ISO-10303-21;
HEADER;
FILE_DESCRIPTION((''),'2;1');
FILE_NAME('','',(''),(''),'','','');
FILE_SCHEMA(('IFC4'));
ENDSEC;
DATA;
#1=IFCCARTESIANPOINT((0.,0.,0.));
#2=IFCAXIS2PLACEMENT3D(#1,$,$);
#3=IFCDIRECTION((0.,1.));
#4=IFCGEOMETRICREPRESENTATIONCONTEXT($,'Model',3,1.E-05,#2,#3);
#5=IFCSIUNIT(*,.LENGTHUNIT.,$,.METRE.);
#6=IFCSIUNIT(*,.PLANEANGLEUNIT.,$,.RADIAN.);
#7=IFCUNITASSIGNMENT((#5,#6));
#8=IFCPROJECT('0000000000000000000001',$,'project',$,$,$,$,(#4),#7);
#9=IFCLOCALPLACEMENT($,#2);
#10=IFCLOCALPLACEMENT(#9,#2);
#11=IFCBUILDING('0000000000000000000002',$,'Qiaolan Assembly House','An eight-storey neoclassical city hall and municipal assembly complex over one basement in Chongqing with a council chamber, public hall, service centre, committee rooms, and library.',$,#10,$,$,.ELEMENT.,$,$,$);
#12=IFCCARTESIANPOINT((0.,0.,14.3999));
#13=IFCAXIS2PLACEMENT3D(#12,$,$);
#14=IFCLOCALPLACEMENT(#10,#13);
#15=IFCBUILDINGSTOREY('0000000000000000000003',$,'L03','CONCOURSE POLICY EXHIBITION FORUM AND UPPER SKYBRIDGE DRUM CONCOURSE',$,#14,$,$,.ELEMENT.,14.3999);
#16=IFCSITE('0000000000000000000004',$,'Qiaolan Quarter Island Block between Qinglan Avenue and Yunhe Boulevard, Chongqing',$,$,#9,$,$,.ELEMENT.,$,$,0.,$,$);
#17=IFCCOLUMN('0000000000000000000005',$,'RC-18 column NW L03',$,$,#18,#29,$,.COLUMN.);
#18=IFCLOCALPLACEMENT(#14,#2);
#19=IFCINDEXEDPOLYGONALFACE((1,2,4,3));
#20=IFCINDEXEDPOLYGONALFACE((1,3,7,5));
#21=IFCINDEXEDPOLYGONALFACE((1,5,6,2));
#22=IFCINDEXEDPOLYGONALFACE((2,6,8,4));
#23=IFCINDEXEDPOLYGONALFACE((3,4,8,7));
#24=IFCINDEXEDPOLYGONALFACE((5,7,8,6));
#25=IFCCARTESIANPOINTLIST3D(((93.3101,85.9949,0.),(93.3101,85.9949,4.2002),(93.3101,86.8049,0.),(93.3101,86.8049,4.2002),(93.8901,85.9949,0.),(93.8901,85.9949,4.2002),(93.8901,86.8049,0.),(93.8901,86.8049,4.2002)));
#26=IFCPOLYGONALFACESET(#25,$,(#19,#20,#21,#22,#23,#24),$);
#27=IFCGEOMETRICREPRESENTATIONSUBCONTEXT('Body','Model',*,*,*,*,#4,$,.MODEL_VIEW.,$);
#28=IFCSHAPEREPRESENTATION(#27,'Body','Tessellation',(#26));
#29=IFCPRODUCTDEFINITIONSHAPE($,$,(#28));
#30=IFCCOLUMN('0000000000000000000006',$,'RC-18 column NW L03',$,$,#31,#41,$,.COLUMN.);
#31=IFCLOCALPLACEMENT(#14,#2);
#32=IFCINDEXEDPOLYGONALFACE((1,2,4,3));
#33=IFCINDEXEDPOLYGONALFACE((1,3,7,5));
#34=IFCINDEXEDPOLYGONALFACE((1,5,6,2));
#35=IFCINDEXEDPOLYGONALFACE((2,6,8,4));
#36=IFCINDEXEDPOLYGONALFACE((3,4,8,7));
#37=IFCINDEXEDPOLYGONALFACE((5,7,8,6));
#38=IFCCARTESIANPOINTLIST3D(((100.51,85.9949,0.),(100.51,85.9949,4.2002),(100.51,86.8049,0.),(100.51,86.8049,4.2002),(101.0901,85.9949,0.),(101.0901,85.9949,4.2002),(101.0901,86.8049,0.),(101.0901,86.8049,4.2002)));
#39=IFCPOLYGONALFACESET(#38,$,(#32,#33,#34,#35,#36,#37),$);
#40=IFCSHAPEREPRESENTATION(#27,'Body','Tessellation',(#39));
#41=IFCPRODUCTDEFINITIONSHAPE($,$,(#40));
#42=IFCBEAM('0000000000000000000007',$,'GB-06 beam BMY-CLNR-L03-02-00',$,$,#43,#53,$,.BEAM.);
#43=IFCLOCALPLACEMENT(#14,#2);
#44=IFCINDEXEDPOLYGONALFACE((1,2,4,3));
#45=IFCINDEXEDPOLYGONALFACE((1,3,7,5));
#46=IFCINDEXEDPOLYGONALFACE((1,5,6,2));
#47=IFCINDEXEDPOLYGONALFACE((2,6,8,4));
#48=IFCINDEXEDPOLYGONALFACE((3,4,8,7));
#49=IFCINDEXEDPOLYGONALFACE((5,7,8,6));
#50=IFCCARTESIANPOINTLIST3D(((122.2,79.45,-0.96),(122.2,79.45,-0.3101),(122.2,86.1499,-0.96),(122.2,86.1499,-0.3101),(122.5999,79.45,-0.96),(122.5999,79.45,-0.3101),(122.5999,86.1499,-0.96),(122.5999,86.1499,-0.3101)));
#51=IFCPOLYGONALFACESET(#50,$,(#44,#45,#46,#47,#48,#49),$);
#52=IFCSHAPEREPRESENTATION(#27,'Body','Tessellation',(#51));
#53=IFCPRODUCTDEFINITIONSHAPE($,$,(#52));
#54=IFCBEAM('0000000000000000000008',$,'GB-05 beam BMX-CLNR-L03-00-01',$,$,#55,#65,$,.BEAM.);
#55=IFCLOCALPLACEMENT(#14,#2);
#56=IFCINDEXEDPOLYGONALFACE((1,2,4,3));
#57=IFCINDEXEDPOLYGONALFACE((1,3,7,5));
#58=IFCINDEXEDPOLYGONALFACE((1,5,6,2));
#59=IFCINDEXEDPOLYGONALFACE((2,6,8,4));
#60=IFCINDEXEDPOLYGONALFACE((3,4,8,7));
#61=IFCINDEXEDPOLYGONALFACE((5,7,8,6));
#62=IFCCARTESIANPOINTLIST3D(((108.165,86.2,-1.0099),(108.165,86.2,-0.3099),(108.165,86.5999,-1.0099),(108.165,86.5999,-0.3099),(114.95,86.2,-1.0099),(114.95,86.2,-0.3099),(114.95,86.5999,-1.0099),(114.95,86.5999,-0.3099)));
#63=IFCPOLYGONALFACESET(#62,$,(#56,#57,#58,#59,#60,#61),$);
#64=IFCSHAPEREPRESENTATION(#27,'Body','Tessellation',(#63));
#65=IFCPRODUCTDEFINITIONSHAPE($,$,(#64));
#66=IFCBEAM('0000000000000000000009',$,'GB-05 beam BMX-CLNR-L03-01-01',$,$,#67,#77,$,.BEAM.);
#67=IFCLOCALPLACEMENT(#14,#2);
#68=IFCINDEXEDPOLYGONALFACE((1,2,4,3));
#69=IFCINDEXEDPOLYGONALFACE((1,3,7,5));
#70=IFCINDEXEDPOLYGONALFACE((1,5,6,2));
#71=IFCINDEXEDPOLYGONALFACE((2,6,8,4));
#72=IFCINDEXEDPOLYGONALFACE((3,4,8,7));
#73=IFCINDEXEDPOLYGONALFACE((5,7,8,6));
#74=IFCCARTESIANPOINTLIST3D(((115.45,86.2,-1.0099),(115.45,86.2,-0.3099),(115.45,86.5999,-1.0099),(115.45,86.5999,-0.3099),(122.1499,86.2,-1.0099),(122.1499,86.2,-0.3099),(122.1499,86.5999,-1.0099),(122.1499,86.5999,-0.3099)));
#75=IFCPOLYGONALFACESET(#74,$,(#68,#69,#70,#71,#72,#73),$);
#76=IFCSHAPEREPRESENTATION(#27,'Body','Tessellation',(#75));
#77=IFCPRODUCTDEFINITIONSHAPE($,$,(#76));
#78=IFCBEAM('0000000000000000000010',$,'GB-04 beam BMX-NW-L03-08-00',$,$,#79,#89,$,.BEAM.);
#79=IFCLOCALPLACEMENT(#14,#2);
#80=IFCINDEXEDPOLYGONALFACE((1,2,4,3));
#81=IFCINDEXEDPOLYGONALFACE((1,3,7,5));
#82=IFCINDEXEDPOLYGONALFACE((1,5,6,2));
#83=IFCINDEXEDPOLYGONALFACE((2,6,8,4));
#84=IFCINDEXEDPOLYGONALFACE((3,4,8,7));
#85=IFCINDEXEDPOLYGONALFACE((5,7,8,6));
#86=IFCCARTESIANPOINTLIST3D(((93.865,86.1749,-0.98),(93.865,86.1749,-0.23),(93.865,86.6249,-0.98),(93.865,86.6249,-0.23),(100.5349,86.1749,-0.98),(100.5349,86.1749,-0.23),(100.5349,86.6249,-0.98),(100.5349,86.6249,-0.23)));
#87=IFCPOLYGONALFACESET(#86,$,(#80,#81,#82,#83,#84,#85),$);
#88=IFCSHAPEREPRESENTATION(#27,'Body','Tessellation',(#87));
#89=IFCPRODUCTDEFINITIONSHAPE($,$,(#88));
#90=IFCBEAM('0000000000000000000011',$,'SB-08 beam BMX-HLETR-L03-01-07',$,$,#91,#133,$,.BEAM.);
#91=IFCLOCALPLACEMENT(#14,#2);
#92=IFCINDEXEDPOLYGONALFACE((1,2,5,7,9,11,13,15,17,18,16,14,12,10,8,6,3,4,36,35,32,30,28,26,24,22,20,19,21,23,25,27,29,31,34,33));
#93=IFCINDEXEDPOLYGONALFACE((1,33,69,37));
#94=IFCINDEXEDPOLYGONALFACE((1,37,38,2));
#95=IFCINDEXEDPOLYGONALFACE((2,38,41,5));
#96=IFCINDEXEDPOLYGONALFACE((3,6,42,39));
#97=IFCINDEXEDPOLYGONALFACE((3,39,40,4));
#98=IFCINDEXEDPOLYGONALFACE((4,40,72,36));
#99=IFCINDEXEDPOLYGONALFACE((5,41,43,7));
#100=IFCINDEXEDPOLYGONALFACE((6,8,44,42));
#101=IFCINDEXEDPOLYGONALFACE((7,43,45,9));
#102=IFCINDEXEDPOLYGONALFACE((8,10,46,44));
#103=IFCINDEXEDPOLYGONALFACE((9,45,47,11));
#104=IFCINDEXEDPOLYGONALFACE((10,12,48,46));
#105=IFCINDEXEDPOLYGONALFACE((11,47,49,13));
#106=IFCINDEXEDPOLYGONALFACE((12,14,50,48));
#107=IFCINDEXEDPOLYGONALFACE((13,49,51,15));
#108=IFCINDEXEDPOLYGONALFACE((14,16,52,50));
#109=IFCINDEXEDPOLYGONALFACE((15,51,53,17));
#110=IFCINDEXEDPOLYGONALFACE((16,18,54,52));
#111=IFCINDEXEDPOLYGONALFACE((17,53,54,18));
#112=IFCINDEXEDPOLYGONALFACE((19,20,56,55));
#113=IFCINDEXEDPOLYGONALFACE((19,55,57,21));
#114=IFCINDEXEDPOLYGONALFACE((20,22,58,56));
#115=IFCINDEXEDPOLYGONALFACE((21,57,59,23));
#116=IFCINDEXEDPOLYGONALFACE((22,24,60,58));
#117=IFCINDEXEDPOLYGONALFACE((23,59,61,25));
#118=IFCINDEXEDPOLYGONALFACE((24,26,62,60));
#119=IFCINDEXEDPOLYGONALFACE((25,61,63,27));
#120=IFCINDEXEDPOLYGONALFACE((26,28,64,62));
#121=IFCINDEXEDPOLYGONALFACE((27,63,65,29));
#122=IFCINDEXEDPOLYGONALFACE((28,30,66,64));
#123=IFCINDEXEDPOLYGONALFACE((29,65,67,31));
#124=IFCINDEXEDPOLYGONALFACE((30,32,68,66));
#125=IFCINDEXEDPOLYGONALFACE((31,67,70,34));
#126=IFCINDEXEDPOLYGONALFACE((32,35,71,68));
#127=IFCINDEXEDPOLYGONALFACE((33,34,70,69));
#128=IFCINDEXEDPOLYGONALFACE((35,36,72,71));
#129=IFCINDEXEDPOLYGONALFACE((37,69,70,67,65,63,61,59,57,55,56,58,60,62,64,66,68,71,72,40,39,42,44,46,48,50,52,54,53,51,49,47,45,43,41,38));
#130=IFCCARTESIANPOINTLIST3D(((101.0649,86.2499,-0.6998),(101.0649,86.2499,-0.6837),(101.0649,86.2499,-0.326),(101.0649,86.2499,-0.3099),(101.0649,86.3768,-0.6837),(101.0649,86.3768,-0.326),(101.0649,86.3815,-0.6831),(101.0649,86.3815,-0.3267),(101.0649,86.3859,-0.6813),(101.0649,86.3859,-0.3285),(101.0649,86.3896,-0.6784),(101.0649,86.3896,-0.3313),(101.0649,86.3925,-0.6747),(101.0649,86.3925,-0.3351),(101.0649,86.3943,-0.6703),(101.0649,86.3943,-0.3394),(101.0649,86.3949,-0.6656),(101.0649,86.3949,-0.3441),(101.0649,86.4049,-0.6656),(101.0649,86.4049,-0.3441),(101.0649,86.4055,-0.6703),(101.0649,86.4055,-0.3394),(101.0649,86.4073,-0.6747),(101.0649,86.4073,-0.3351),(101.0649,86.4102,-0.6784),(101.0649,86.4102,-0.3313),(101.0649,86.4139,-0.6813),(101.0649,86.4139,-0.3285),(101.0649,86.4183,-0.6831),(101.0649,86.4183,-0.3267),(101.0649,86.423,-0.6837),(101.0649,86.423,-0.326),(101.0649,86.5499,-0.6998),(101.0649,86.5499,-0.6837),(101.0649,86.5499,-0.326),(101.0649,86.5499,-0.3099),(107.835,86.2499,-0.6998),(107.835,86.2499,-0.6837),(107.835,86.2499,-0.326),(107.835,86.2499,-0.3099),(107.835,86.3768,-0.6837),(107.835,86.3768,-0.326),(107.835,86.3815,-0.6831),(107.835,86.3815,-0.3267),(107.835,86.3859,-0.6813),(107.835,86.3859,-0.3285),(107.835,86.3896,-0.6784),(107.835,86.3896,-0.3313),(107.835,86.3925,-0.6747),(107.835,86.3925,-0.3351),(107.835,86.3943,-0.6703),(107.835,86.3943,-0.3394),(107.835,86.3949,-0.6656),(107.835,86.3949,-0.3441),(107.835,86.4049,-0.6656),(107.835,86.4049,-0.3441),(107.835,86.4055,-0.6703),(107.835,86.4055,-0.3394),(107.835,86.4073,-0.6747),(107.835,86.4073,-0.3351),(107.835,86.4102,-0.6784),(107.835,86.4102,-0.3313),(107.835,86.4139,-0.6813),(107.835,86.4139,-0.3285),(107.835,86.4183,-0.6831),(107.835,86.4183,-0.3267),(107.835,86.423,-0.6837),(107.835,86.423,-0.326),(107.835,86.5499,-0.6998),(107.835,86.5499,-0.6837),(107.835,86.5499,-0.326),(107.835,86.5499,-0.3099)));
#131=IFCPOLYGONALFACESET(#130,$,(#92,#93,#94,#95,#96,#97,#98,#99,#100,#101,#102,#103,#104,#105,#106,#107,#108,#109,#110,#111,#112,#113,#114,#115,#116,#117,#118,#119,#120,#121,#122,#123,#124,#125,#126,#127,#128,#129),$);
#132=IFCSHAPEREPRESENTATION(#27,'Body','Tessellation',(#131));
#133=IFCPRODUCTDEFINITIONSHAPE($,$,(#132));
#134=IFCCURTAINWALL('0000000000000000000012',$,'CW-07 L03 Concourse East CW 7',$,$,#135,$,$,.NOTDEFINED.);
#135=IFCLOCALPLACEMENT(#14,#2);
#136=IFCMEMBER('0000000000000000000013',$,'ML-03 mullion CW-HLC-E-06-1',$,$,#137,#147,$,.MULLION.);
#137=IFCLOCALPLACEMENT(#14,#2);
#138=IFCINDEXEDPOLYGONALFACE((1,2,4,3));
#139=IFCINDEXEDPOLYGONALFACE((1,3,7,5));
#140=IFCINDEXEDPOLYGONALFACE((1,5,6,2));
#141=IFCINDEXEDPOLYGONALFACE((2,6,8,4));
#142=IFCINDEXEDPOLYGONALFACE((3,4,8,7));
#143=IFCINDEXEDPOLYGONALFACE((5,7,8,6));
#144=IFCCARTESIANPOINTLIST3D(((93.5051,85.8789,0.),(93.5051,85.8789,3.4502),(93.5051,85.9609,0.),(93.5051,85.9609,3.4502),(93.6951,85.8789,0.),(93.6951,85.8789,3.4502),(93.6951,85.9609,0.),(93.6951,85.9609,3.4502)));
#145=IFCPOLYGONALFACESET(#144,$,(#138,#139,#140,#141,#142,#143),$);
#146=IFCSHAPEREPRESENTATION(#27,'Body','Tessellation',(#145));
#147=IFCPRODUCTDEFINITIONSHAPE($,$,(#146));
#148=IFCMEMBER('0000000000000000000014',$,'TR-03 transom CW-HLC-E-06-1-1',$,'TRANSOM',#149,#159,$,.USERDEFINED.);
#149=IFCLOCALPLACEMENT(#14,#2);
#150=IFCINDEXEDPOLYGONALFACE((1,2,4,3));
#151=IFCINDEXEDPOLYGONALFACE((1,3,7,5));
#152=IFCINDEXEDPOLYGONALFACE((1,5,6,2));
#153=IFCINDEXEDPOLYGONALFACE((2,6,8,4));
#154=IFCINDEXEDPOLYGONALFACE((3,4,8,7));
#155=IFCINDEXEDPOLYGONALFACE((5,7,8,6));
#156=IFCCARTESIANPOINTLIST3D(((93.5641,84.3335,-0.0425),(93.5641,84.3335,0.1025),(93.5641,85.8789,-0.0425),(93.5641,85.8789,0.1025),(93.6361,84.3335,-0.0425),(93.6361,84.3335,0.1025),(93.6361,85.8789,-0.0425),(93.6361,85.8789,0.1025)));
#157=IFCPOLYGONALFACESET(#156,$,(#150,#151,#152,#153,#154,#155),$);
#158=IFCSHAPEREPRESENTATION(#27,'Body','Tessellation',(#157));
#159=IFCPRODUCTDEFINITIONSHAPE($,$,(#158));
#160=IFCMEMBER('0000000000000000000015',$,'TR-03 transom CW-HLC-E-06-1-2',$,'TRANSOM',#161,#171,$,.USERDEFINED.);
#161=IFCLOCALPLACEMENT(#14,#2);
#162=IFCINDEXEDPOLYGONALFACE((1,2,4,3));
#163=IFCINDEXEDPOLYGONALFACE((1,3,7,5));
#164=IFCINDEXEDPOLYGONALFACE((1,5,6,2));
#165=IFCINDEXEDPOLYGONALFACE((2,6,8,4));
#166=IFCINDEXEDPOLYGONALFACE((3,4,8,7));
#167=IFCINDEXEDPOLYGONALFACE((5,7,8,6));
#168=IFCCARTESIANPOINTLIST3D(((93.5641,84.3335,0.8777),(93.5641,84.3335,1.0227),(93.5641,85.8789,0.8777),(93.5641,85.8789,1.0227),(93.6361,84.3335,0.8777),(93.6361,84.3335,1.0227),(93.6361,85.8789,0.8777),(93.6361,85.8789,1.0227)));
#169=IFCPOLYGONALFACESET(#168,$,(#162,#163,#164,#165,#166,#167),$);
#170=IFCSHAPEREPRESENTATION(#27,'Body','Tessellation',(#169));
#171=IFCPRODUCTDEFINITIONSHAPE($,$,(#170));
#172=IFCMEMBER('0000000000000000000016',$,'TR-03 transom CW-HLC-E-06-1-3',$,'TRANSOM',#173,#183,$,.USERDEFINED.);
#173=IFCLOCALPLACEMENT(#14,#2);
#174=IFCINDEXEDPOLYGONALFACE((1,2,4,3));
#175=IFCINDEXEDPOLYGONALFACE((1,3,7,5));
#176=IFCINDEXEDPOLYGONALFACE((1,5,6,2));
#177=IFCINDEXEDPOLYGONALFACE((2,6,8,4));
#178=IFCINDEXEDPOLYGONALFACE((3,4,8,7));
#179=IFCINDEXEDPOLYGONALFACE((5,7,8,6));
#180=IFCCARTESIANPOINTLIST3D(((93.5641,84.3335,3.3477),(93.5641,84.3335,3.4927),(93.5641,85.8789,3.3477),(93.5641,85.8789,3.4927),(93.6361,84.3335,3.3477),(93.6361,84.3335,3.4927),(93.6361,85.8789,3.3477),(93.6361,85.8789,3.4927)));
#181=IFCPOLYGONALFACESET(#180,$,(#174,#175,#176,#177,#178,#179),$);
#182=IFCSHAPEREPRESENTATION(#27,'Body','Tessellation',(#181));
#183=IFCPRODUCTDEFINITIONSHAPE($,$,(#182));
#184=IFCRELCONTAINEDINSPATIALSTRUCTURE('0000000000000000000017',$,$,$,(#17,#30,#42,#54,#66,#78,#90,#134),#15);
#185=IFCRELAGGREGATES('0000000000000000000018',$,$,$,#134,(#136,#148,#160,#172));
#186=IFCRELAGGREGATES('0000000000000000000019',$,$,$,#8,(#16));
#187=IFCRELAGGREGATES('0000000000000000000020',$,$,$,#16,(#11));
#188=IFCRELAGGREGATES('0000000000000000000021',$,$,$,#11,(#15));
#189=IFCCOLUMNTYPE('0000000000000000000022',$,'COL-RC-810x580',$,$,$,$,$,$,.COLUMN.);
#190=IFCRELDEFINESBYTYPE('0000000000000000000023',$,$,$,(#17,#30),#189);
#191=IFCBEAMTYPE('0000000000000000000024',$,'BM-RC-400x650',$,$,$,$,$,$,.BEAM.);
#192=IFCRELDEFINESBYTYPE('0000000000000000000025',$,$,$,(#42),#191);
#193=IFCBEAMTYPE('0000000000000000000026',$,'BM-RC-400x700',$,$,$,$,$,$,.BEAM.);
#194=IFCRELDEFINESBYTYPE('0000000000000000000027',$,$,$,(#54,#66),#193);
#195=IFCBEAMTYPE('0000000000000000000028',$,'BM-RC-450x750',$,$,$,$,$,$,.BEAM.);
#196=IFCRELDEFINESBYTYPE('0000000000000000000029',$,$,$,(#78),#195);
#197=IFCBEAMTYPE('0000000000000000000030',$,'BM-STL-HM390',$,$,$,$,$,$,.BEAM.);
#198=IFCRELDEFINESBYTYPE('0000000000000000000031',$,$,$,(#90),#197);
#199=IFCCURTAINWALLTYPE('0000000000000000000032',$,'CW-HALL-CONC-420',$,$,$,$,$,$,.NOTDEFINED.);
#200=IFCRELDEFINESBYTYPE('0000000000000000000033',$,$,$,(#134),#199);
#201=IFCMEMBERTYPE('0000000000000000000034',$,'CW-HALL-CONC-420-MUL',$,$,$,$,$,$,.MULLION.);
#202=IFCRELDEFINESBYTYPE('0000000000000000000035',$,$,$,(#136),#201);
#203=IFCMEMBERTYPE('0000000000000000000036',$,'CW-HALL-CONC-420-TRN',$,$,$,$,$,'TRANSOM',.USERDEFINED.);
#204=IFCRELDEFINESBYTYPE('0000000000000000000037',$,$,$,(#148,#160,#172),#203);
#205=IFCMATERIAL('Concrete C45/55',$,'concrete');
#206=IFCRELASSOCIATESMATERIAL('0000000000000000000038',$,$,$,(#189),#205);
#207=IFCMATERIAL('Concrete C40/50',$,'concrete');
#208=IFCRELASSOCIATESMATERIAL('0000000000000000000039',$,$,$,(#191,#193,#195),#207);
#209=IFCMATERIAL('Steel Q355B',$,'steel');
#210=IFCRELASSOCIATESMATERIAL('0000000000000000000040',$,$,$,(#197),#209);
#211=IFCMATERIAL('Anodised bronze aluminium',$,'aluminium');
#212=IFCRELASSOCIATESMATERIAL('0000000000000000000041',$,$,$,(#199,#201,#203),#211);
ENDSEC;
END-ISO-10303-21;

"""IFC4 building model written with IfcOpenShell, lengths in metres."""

from ifc_helpers import new_model, si_unit, direction, frame, origin, origin_2d, place, context, subcontext, project, spatial, rectangle, i_section, extrude, material, material_profile, profile_set, type_object, element, aggregate, save


model = new_model("IFC4")

# Units and contexts
model_context = context("Model", 3, precision=1e-05, world=origin(), true_north=direction((0.0, 1.0)))
body_context = subcontext(model_context, "Body", "Model", "MODEL_VIEW")
ifc_project = project(units=[si_unit("LENGTHUNIT", "METRE"), si_unit("PLANEANGLEUNIT", "RADIAN")], contexts=[model_context])

# Site, building, storey
site_placement = place(None, origin())
site = spatial("IfcSite", under=ifc_project, at=site_placement, Name="Qiaolan Quarter Island Block between Qinglan Avenue and Yunhe Boulevard, Chongqing", CompositionType="ELEMENT", RefElevation=0.0)
building_placement = place(site_placement, origin())
building = spatial("IfcBuilding", under=site, at=building_placement, Name="Qiaolan Assembly House", Description="An eight-storey neoclassical city hall and municipal assembly complex over one basement in Chongqing with a council chamber, public hall, service centre, committee rooms, and library.", CompositionType="ELEMENT")
storey_placement = place(building_placement, frame((0.0, 0.0, 14.3999)))
storey = spatial("IfcBuildingStorey", under=building, at=storey_placement, Name="L03", Description="CONCOURSE POLICY EXHIBITION FORUM AND UPPER SKYBRIDGE DRUM CONCOURSE", CompositionType="ELEMENT", Elevation=14.3999)

# Columns
ifc_material_1 = material(Name="Concrete C45/55", Category="concrete")
ifc_material_profile_1 = material_profile(ifc_material_1, rectangle(XDim=0.5801, YDim=0.8101, at=origin_2d()), Name="RC 810x580")
ifc_profile_set_1 = profile_set([ifc_material_profile_1], Name="Concrete C45/55")
column_type = type_object("IfcColumnType", Name="COL-RC-810x580", PredefinedType="COLUMN", material=ifc_profile_set_1)
for number, where, z_axis, x_axis, name in (
    (1, (93.6001, 86.3999, 0.0), (0.0, 0.0, 1.0), (1.0, 0.0, 0.0), "RC-18 column NW L03"),
    (2, (100.8, 86.3999, 0.0), (0.0, 0.0, 1.0), (1.0, 0.0, 0.0), "RC-18 column NW L03"),
):
    element("IfcColumn", number, at=place(storey_placement, frame(where, z_axis=z_axis, x_axis=x_axis)), inside=storey, type_object=column_type, Name=name, PredefinedType="COLUMN", context=body_context, shape_type="SweptSolid", body=[
        extrude(rectangle(XDim=0.5801, YDim=0.8101, at=origin_2d()), origin(), (0.0, 0.0, 1.0), 4.2002),
    ])

# Beams
ifc_material_2 = material(Name="Concrete C40/50", Category="concrete")
ifc_material_profile_2 = material_profile(ifc_material_2, rectangle(XDim=0.3999, YDim=0.6499, at=origin_2d()), Name="RCB 400x650")
ifc_profile_set_2 = profile_set([ifc_material_profile_2], Name="Concrete C40/50")
beam_type_1 = type_object("IfcBeamType", Name="BM-RC-400x650", PredefinedType="BEAM", material=ifc_profile_set_2)
beam_1_placement = place(storey_placement, frame((122.3999, 79.45, -0.635), z_axis=(0.0, 1.0, 0.0), x_axis=(-1.0, 0.0, 0.0)))
element("IfcBeam", 3, at=beam_1_placement, inside=storey, type_object=beam_type_1, Name="GB-06 beam BMY-CLNR-L03-02-00", PredefinedType="BEAM", context=body_context, shape_type="SweptSolid", body=[
    extrude(rectangle(XDim=0.3999, YDim=0.6499, at=origin_2d()), origin(), (0.0, 0.0, 1.0), 6.7),
])
ifc_material_profile_3 = material_profile(ifc_material_2, rectangle(XDim=0.3999, YDim=0.7, at=origin_2d()), Name="RCB 400x700")
ifc_profile_set_3 = profile_set([ifc_material_profile_3], Name="Concrete C40/50")
beam_type_2 = type_object("IfcBeamType", Name="BM-RC-400x700", PredefinedType="BEAM", material=ifc_profile_set_3)
beam_2_placement = place(storey_placement, frame((108.165, 86.3999, -0.6599), z_axis=(1.0, 0.0, 0.0), x_axis=(0.0, 1.0, 0.0)))
element("IfcBeam", 4, at=beam_2_placement, inside=storey, type_object=beam_type_2, Name="GB-05 beam BMX-CLNR-L03-00-01", PredefinedType="BEAM", context=body_context, shape_type="SweptSolid", body=[
    extrude(rectangle(XDim=0.3999, YDim=0.7, at=origin_2d()), origin(), (0.0, 0.0, 1.0), 6.7849),
])
beam_3_placement = place(storey_placement, frame((115.45, 86.3999, -0.6599), z_axis=(1.0, 0.0, 0.0), x_axis=(0.0, 1.0, 0.0)))
element("IfcBeam", 5, at=beam_3_placement, inside=storey, type_object=beam_type_2, Name="GB-05 beam BMX-CLNR-L03-01-01", PredefinedType="BEAM", context=body_context, shape_type="SweptSolid", body=[
    extrude(rectangle(XDim=0.3999, YDim=0.7, at=origin_2d()), origin(), (0.0, 0.0, 1.0), 6.7),
])
ifc_material_profile_4 = material_profile(ifc_material_2, rectangle(XDim=0.45, YDim=0.75, at=origin_2d()), Name="RCB 450x750")
ifc_profile_set_4 = profile_set([ifc_material_profile_4], Name="Concrete C40/50")
beam_type_3 = type_object("IfcBeamType", Name="BM-RC-450x750", PredefinedType="BEAM", material=ifc_profile_set_4)
beam_4_placement = place(storey_placement, frame((93.865, 86.3999, -0.605), z_axis=(1.0, 0.0, 0.0), x_axis=(0.0, 1.0, 0.0)))
element("IfcBeam", 6, at=beam_4_placement, inside=storey, type_object=beam_type_3, Name="GB-04 beam BMX-NW-L03-08-00", PredefinedType="BEAM", context=body_context, shape_type="SweptSolid", body=[
    extrude(rectangle(XDim=0.45, YDim=0.75, at=origin_2d()), origin(), (0.0, 0.0, 1.0), 6.6699),
])
ifc_material_3 = material(Name="Steel Q355B", Category="steel")
ifc_material_profile_5 = material_profile(ifc_material_3, i_section(OverallWidth=0.3, OverallDepth=0.3899, WebThickness=0.01, FlangeThickness=0.0161, FilletRadius=0.0181, at=origin_2d()), Name="HM 390x300x10x16")
ifc_profile_set_5 = profile_set([ifc_material_profile_5], Name="Steel Q355B")
beam_type_4 = type_object("IfcBeamType", Name="BM-STL-HM390", PredefinedType="BEAM", material=ifc_profile_set_5)
beam_5_placement = place(storey_placement, frame((101.0649, 86.3999, -0.5049), z_axis=(1.0, 0.0, 0.0), x_axis=(0.0, 1.0, 0.0)))
element("IfcBeam", 7, at=beam_5_placement, inside=storey, type_object=beam_type_4, Name="SB-08 beam BMX-HLETR-L03-01-07", PredefinedType="BEAM", context=body_context, shape_type="SweptSolid", body=[
    extrude(i_section(OverallWidth=0.3, OverallDepth=0.3899, WebThickness=0.01, FlangeThickness=0.0161, FilletRadius=0.0181, at=origin_2d()), origin(), (0.0, 0.0, 1.0), 6.77),
])

# Curtain wall, members
ifc_material_4 = material(Name="Anodised bronze aluminium", Category="aluminium")
curtain_wall_type = type_object("IfcCurtainWallType", Name="CW-HALL-CONC-420", PredefinedType="NOTDEFINED", material=ifc_material_4)
curtain_wall_placement = place(storey_placement, origin())
curtain_wall = element("IfcCurtainWall", 8, at=curtain_wall_placement, inside=storey, type_object=curtain_wall_type, Name="CW-07 L03 Concourse East CW 7", PredefinedType="NOTDEFINED")
ifc_material_profile_6 = material_profile(ifc_material_4, rectangle(XDim=0.082, YDim=0.1899, at=origin_2d()), Name="MUL 82x190")
ifc_profile_set_6 = profile_set([ifc_material_profile_6], Name="Anodised bronze aluminium")
member_type_1 = type_object("IfcMemberType", Name="CW-HALL-CONC-420-MUL", PredefinedType="MULLION", material=ifc_profile_set_6)
member_1_placement = place(storey_placement, frame((93.6001, 85.9199, 0.0), z_axis=(0.0, 0.0, 1.0), x_axis=(0.0, -1.0, 0.0)))
member_1 = element("IfcMember", 9, at=member_1_placement, type_object=member_type_1, Name="ML-03 mullion CW-HLC-E-06-1", PredefinedType="MULLION", context=body_context, shape_type="SweptSolid", body=[
    extrude(rectangle(XDim=0.082, YDim=0.1899, at=origin_2d()), origin(), (0.0, 0.0, 1.0), 3.4502),
])
ifc_material_profile_7 = material_profile(ifc_material_4, rectangle(XDim=0.072, YDim=0.145, at=origin_2d()), Name="TRN 72x145")
ifc_profile_set_7 = profile_set([ifc_material_profile_7], Name="Anodised bronze aluminium")
member_type_2 = type_object("IfcMemberType", Name="CW-HALL-CONC-420-TRN", ElementType="TRANSOM", PredefinedType="USERDEFINED", material=ifc_profile_set_7)
member_2_placement = place(storey_placement, frame((93.6001, 85.8789, 0.03), z_axis=(0.0, -1.0, 0.0), x_axis=(1.0, 0.0, 0.0)))
member_2 = element("IfcMember", 10, at=member_2_placement, type_object=member_type_2, Name="TR-03 transom CW-HLC-E-06-1-1", ObjectType="TRANSOM", PredefinedType="USERDEFINED", context=body_context, shape_type="SweptSolid", body=[
    extrude(rectangle(XDim=0.072, YDim=0.145, at=origin_2d()), origin(), (0.0, 0.0, 1.0), 1.5454),
])
member_3_placement = place(storey_placement, frame((93.6001, 85.8789, 0.9502), z_axis=(0.0, -1.0, 0.0), x_axis=(1.0, 0.0, 0.0)))
member_3 = element("IfcMember", 11, at=member_3_placement, type_object=member_type_2, Name="TR-03 transom CW-HLC-E-06-1-2", ObjectType="TRANSOM", PredefinedType="USERDEFINED", context=body_context, shape_type="SweptSolid", body=[
    extrude(rectangle(XDim=0.072, YDim=0.145, at=origin_2d()), origin(), (0.0, 0.0, 1.0), 1.5454),
])
member_4_placement = place(storey_placement, frame((93.6001, 85.8789, 3.4202), z_axis=(0.0, -1.0, 0.0), x_axis=(1.0, 0.0, 0.0)))
member_4 = element("IfcMember", 12, at=member_4_placement, type_object=member_type_2, Name="TR-03 transom CW-HLC-E-06-1-3", ObjectType="TRANSOM", PredefinedType="USERDEFINED", context=body_context, shape_type="SweptSolid", body=[
    extrude(rectangle(XDim=0.072, YDim=0.145, at=origin_2d()), origin(), (0.0, 0.0, 1.0), 1.5454),
])

aggregate(curtain_wall, [member_1, member_2, member_3, member_4])

save(model, "model.ifc")
